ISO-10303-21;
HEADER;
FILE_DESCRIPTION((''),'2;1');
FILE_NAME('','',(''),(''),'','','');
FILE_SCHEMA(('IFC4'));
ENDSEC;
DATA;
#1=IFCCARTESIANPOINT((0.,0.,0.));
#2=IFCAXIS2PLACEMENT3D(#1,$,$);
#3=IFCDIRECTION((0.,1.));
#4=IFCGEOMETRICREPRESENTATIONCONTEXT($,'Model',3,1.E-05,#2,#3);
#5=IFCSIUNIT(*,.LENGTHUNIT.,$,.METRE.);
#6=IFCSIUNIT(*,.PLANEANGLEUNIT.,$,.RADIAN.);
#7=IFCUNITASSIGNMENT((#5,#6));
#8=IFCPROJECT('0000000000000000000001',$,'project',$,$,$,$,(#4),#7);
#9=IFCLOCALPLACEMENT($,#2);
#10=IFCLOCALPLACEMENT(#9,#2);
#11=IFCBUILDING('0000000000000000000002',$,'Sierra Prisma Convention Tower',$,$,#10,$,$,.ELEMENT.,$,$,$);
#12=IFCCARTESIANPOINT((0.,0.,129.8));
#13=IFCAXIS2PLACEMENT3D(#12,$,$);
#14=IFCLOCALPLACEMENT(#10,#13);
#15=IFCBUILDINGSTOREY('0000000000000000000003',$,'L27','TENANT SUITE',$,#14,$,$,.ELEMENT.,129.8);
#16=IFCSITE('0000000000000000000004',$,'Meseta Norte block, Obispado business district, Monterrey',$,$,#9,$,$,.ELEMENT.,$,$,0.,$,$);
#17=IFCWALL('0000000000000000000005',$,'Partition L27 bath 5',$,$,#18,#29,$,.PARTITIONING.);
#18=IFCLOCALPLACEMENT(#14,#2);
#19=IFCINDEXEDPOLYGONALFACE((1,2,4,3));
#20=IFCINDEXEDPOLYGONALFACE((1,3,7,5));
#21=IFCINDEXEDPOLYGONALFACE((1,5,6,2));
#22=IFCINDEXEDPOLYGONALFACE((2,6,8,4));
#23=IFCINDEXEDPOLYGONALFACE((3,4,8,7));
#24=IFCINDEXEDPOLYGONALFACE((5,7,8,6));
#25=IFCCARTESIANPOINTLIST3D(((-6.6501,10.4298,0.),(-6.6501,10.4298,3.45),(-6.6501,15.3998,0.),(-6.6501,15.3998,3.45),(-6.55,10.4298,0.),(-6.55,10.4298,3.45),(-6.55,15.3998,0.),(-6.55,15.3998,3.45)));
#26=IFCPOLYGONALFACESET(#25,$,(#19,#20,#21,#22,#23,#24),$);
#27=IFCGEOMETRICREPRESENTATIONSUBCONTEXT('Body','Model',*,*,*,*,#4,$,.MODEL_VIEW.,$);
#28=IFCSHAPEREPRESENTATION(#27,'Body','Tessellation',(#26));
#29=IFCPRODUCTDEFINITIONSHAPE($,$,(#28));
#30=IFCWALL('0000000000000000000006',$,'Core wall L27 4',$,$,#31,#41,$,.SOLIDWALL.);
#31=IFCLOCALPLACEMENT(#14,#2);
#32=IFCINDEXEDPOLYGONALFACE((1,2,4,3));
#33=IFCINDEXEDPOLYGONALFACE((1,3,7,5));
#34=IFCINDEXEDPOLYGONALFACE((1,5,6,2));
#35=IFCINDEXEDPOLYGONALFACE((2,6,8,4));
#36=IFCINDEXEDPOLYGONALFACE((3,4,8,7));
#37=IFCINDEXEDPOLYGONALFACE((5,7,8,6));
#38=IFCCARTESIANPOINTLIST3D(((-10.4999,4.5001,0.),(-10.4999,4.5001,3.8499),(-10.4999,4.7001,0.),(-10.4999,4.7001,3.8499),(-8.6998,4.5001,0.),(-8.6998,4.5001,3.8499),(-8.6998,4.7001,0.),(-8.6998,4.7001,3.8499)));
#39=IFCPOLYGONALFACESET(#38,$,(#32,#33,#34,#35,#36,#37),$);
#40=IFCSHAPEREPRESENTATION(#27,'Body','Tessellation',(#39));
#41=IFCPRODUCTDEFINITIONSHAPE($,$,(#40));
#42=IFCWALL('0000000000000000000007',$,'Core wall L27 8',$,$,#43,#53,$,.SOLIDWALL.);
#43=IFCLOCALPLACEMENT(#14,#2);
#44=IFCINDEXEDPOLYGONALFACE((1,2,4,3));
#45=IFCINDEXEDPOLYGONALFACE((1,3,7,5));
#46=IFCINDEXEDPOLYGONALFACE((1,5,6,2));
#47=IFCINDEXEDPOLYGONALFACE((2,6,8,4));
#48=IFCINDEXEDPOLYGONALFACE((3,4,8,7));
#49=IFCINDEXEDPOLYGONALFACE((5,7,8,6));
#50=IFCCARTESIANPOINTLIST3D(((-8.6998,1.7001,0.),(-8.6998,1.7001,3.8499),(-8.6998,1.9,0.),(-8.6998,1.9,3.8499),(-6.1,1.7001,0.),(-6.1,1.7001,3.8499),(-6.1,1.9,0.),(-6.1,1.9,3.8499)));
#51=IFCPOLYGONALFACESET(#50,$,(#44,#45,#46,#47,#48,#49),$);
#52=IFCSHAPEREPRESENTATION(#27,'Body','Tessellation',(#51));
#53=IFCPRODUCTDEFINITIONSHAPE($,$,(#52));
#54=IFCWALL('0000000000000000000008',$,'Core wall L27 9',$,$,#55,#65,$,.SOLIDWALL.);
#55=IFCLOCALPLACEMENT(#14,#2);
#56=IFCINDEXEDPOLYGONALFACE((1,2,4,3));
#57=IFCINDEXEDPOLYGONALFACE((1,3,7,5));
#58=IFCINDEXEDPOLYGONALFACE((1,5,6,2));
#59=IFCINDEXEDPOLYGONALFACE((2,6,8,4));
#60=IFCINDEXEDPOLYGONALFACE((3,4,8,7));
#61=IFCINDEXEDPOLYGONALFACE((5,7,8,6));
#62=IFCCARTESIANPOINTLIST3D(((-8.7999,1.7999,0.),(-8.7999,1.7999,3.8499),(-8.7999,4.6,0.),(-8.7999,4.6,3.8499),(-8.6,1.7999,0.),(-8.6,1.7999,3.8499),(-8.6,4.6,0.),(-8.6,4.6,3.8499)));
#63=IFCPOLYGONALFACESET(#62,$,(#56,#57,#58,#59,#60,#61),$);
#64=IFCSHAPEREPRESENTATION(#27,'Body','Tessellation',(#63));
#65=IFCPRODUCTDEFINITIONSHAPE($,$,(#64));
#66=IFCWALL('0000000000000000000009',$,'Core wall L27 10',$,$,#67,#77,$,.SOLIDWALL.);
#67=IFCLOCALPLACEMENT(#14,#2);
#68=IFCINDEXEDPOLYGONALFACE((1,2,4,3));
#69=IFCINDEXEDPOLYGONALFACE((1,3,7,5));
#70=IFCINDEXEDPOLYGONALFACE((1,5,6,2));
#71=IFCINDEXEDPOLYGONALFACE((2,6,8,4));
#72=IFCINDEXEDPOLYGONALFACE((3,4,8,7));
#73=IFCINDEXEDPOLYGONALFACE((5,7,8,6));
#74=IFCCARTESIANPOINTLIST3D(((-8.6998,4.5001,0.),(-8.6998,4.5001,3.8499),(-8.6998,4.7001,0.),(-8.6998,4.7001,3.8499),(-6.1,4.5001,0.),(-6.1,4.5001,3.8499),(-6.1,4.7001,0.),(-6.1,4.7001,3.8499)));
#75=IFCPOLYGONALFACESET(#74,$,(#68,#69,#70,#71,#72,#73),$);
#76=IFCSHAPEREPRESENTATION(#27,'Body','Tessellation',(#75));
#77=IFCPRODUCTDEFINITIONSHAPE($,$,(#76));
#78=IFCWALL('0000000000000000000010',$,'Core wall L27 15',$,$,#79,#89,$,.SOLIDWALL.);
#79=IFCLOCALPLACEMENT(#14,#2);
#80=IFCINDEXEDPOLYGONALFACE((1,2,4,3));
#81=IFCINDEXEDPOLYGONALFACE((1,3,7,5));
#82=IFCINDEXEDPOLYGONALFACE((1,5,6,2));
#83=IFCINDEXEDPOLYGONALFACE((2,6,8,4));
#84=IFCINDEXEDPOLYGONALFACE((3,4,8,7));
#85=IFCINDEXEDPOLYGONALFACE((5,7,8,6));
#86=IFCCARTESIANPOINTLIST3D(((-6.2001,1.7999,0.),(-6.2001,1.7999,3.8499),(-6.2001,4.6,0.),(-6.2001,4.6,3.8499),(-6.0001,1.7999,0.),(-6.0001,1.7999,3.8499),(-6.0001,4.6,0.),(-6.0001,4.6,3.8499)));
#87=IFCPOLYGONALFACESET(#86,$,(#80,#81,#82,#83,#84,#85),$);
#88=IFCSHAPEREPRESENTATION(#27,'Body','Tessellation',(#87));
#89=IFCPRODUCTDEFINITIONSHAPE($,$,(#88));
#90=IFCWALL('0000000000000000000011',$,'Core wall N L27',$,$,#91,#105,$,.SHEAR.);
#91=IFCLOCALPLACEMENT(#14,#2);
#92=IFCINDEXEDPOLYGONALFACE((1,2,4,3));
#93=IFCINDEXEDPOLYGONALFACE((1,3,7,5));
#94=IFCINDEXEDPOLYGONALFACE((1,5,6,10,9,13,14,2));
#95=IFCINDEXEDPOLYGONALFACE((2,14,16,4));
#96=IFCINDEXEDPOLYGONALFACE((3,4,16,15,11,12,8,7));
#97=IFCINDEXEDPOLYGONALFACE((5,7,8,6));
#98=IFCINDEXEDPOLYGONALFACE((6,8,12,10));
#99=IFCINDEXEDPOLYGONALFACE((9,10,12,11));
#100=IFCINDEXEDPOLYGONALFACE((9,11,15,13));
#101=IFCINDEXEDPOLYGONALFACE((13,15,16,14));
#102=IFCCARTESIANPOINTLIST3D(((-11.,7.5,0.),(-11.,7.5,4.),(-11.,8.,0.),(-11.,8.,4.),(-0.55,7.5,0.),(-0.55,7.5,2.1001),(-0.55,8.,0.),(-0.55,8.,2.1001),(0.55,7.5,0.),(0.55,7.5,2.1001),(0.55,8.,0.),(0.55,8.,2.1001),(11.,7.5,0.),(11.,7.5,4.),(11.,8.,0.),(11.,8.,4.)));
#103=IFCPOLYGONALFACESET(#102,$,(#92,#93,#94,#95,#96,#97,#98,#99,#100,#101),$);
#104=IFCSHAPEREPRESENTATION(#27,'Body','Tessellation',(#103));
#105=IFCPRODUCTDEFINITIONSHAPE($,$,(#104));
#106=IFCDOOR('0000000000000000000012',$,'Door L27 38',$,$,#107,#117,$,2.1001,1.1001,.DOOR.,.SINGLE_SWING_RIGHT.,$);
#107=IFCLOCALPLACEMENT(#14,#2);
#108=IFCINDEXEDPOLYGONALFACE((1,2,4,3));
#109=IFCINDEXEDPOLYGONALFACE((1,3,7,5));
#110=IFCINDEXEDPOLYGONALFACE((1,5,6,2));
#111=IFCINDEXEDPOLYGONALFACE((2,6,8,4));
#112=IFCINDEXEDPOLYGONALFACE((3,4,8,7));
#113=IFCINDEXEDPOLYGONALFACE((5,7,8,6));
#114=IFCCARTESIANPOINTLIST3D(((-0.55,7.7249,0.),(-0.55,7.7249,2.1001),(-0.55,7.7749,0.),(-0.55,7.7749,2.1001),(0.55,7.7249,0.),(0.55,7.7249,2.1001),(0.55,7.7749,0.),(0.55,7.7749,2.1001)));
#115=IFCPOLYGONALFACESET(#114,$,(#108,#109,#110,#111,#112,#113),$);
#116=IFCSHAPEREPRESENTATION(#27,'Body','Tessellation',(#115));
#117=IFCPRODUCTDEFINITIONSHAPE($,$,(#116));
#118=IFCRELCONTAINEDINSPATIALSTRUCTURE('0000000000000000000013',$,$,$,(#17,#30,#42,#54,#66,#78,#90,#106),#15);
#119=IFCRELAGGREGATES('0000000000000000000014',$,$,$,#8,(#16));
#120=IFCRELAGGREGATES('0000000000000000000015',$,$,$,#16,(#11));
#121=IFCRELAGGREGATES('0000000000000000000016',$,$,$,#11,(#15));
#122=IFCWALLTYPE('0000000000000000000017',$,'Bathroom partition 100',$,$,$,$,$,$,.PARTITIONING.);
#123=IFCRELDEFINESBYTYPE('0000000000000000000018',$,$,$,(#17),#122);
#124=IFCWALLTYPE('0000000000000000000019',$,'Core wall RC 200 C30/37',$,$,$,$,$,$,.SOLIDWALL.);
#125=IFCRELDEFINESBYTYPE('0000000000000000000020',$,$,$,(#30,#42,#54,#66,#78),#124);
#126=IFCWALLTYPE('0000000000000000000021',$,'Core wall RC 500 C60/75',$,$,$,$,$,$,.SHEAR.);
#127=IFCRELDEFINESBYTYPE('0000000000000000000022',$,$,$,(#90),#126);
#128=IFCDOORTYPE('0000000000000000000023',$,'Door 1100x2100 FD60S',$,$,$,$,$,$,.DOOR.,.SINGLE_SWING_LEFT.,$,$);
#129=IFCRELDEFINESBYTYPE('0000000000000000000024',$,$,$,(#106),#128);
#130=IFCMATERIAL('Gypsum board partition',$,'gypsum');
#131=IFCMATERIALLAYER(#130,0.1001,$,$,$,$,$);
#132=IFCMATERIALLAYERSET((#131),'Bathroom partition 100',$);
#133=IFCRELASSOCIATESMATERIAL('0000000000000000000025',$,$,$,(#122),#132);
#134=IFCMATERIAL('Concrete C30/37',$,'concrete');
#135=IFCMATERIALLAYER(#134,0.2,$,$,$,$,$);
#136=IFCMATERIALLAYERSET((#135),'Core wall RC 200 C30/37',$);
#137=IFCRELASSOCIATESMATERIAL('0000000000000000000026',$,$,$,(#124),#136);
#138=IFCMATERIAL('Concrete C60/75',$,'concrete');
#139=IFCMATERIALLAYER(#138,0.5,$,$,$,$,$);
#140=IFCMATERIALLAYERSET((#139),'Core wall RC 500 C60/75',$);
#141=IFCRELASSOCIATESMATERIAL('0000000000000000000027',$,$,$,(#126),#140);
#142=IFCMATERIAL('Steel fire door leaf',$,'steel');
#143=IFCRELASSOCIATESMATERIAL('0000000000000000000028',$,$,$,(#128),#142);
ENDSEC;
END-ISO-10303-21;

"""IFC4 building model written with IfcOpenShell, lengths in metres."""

from ifc_helpers import new_model, si_unit, direction, frame, frame_2d, origin, place, context, subcontext, project, spatial, rectangle, extrude, material, layer, layer_set, type_object, element, fill, save


model = new_model("IFC4")

# Units and contexts
model_context = context("Model", 3, precision=1e-05, world=origin(), true_north=direction((0.0, 1.0)))
body_context = subcontext(model_context, "Body", "Model", "MODEL_VIEW")
ifc_project = project(units=[si_unit("LENGTHUNIT", "METRE"), si_unit("PLANEANGLEUNIT", "RADIAN")], contexts=[model_context])

# Site, building, storey
site_placement = place(None, origin())
site = spatial("IfcSite", under=ifc_project, at=site_placement, Name="Meseta Norte block, Obispado business district, Monterrey", CompositionType="ELEMENT", RefElevation=0.0)
building_placement = place(site_placement, origin())
building = spatial("IfcBuilding", under=site, at=building_placement, Name="Sierra Prisma Convention Tower", CompositionType="ELEMENT")
storey_placement = place(building_placement, frame((0.0, 0.0, 129.8)))
storey = spatial("IfcBuildingStorey", under=building, at=storey_placement, Name="L27", Description="TENANT SUITE", CompositionType="ELEMENT", Elevation=129.8)

# Wall
ifc_material_1 = material(Name="Gypsum board partition", Category="gypsum")
ifc_layer_1 = layer(ifc_material_1, 0.1001)
ifc_layer_set_1 = layer_set([ifc_layer_1], Name="Bathroom partition 100")
wall_type_1 = type_object("IfcWallType", Name="Bathroom partition 100", PredefinedType="PARTITIONING", material=ifc_layer_set_1)
wall_1_placement = place(storey_placement, frame((-6.6001, 10.4299, 0.0), z_axis=(0.0, 0.0, 1.0), x_axis=(0.0, 1.0, 0.0)))
element("IfcWall", 1, at=wall_1_placement, inside=storey, type_object=wall_type_1, Name="Partition L27 bath 5", PredefinedType="PARTITIONING", context=body_context, shape_type="SweptSolid", body=[
    extrude(rectangle(XDim=4.97, YDim=0.1001, at=frame_2d((2.4849, 0.0))), origin(), (0.0, 0.0, 1.0), 3.45),
])

# Shared definitions
ifc_material_2 = material(Name="Concrete C30/37", Category="concrete")
ifc_layer_2 = layer(ifc_material_2, 0.2)
ifc_layer_set_2 = layer_set([ifc_layer_2], Name="Core wall RC 200 C30/37")
wall_type_2 = type_object("IfcWallType", Name="Core wall RC 200 C30/37", PredefinedType="SOLIDWALL", material=ifc_layer_set_2)

# Wall
wall_2_placement = place(storey_placement, frame((-8.7, 4.6001, 0.0), z_axis=(0.0, 0.0, 1.0), x_axis=(-1.0, 0.0, 0.0)))
element("IfcWall", 2, at=wall_2_placement, inside=storey, type_object=wall_type_2, Name="Core wall L27 4", PredefinedType="SOLIDWALL", context=body_context, shape_type="SweptSolid", body=[
    extrude(rectangle(XDim=1.8, YDim=0.2, at=frame_2d((0.8999, 0.0))), origin(), (0.0, 0.0, 1.0), 3.8499),
])

# Walls
wall_3_placement = place(storey_placement, frame((-6.1001, 1.8, 0.0), z_axis=(0.0, 0.0, 1.0), x_axis=(-1.0, 0.0, 0.0)))
element("IfcWall", 3, at=wall_3_placement, inside=storey, type_object=wall_type_2, Name="Core wall L27 8", PredefinedType="SOLIDWALL", context=body_context, shape_type="SweptSolid", body=[
    extrude(rectangle(XDim=2.5999, YDim=0.2, at=frame_2d((1.2998, 0.0))), origin(), (0.0, 0.0, 1.0), 3.8499),
])
wall_4_placement = place(storey_placement, frame((-8.7, 1.8, 0.0), z_axis=(0.0, 0.0, 1.0), x_axis=(0.0, 1.0, 0.0)))
element("IfcWall", 4, at=wall_4_placement, inside=storey, type_object=wall_type_2, Name="Core wall L27 9", PredefinedType="SOLIDWALL", context=body_context, shape_type="SweptSolid", body=[
    extrude(rectangle(XDim=2.8, YDim=0.2, at=frame_2d((1.3999, 0.0))), origin(), (0.0, 0.0, 1.0), 3.8499),
])
wall_5_placement = place(storey_placement, frame((-6.1001, 4.6001, 0.0), z_axis=(0.0, 0.0, 1.0), x_axis=(-1.0, 0.0, 0.0)))
element("IfcWall", 5, at=wall_5_placement, inside=storey, type_object=wall_type_2, Name="Core wall L27 10", PredefinedType="SOLIDWALL", context=body_context, shape_type="SweptSolid", body=[
    extrude(rectangle(XDim=2.5999, YDim=0.2, at=frame_2d((1.2998, 0.0))), origin(), (0.0, 0.0, 1.0), 3.8499),
])

# Wall
wall_6_placement = place(storey_placement, frame((-6.1001, 1.8, 0.0), z_axis=(0.0, 0.0, 1.0), x_axis=(0.0, 1.0, 0.0)))
element("IfcWall", 6, at=wall_6_placement, inside=storey, type_object=wall_type_2, Name="Core wall L27 15", PredefinedType="SOLIDWALL", context=body_context, shape_type="SweptSolid", body=[
    extrude(rectangle(XDim=2.8, YDim=0.2, at=frame_2d((1.3999, 0.0))), origin(), (0.0, 0.0, 1.0), 3.8499),
])

# Wall, opening, door
ifc_material_3 = material(Name="Concrete C60/75", Category="concrete")
ifc_layer_3 = layer(ifc_material_3, 0.5)
ifc_layer_set_3 = layer_set([ifc_layer_3], Name="Core wall RC 500 C60/75")
wall_type_3 = type_object("IfcWallType", Name="Core wall RC 500 C60/75", PredefinedType="SHEAR", material=ifc_layer_set_3)
wall_7_placement = place(storey_placement, frame((-11.0, 7.75, 0.0), z_axis=(0.0, 0.0, 1.0), x_axis=(1.0, 0.0, 0.0)))
wall_7 = element("IfcWall", 7, at=wall_7_placement, inside=storey, type_object=wall_type_3, Name="Core wall N L27", PredefinedType="SHEAR", context=body_context, shape_type="SweptSolid", body=[
    extrude(rectangle(XDim=22.0, YDim=0.5, at=frame_2d((11.0, 0.0))), origin(), (0.0, 0.0, 1.0), 4.0),
])
opening_1_placement = place(wall_7_placement, frame((10.45, 0.0, 0.0)))
opening_1 = element("IfcOpeningElement", 8, at=opening_1_placement, cuts=wall_7, PredefinedType="OPENING", context=body_context, shape_type="SweptSolid", body=[
    extrude(rectangle(XDim=1.1001, YDim=2.1001, at=frame_2d((0.55, 1.05))), frame((0.0, 0.25, 0.0), z_axis=(0.0, -1.0, 0.0), x_axis=(1.0, 0.0, 0.0)), (0.0, 0.0, 1.0), 0.5),
])
ifc_material_4 = material(Name="Steel fire door leaf", Category="steel")
door_type_1 = type_object("IfcDoorType", Name="Door 1100x2100 FD60S", OperationType="SINGLE_SWING_LEFT", PredefinedType="DOOR", material=ifc_material_4)
door_1_placement = place(opening_1_placement, origin())
door_1 = element("IfcDoor", 9, at=door_1_placement, inside=storey, type_object=door_type_1, Name="Door L27 38", OperationType="SINGLE_SWING_RIGHT", OverallHeight=2.1001, OverallWidth=1.1001, PredefinedType="DOOR", context=body_context, shape_type="SweptSolid", body=[
    extrude(rectangle(XDim=1.1001, YDim=2.1001, at=frame_2d((0.55, 1.05))), frame((0.0, 0.0249, 0.0), z_axis=(0.0, -1.0, 0.0), x_axis=(1.0, 0.0, 0.0)), (0.0, 0.0, 1.0), 0.05),
])
fill(opening_1, door_1)

save(model, "model.ifc")
